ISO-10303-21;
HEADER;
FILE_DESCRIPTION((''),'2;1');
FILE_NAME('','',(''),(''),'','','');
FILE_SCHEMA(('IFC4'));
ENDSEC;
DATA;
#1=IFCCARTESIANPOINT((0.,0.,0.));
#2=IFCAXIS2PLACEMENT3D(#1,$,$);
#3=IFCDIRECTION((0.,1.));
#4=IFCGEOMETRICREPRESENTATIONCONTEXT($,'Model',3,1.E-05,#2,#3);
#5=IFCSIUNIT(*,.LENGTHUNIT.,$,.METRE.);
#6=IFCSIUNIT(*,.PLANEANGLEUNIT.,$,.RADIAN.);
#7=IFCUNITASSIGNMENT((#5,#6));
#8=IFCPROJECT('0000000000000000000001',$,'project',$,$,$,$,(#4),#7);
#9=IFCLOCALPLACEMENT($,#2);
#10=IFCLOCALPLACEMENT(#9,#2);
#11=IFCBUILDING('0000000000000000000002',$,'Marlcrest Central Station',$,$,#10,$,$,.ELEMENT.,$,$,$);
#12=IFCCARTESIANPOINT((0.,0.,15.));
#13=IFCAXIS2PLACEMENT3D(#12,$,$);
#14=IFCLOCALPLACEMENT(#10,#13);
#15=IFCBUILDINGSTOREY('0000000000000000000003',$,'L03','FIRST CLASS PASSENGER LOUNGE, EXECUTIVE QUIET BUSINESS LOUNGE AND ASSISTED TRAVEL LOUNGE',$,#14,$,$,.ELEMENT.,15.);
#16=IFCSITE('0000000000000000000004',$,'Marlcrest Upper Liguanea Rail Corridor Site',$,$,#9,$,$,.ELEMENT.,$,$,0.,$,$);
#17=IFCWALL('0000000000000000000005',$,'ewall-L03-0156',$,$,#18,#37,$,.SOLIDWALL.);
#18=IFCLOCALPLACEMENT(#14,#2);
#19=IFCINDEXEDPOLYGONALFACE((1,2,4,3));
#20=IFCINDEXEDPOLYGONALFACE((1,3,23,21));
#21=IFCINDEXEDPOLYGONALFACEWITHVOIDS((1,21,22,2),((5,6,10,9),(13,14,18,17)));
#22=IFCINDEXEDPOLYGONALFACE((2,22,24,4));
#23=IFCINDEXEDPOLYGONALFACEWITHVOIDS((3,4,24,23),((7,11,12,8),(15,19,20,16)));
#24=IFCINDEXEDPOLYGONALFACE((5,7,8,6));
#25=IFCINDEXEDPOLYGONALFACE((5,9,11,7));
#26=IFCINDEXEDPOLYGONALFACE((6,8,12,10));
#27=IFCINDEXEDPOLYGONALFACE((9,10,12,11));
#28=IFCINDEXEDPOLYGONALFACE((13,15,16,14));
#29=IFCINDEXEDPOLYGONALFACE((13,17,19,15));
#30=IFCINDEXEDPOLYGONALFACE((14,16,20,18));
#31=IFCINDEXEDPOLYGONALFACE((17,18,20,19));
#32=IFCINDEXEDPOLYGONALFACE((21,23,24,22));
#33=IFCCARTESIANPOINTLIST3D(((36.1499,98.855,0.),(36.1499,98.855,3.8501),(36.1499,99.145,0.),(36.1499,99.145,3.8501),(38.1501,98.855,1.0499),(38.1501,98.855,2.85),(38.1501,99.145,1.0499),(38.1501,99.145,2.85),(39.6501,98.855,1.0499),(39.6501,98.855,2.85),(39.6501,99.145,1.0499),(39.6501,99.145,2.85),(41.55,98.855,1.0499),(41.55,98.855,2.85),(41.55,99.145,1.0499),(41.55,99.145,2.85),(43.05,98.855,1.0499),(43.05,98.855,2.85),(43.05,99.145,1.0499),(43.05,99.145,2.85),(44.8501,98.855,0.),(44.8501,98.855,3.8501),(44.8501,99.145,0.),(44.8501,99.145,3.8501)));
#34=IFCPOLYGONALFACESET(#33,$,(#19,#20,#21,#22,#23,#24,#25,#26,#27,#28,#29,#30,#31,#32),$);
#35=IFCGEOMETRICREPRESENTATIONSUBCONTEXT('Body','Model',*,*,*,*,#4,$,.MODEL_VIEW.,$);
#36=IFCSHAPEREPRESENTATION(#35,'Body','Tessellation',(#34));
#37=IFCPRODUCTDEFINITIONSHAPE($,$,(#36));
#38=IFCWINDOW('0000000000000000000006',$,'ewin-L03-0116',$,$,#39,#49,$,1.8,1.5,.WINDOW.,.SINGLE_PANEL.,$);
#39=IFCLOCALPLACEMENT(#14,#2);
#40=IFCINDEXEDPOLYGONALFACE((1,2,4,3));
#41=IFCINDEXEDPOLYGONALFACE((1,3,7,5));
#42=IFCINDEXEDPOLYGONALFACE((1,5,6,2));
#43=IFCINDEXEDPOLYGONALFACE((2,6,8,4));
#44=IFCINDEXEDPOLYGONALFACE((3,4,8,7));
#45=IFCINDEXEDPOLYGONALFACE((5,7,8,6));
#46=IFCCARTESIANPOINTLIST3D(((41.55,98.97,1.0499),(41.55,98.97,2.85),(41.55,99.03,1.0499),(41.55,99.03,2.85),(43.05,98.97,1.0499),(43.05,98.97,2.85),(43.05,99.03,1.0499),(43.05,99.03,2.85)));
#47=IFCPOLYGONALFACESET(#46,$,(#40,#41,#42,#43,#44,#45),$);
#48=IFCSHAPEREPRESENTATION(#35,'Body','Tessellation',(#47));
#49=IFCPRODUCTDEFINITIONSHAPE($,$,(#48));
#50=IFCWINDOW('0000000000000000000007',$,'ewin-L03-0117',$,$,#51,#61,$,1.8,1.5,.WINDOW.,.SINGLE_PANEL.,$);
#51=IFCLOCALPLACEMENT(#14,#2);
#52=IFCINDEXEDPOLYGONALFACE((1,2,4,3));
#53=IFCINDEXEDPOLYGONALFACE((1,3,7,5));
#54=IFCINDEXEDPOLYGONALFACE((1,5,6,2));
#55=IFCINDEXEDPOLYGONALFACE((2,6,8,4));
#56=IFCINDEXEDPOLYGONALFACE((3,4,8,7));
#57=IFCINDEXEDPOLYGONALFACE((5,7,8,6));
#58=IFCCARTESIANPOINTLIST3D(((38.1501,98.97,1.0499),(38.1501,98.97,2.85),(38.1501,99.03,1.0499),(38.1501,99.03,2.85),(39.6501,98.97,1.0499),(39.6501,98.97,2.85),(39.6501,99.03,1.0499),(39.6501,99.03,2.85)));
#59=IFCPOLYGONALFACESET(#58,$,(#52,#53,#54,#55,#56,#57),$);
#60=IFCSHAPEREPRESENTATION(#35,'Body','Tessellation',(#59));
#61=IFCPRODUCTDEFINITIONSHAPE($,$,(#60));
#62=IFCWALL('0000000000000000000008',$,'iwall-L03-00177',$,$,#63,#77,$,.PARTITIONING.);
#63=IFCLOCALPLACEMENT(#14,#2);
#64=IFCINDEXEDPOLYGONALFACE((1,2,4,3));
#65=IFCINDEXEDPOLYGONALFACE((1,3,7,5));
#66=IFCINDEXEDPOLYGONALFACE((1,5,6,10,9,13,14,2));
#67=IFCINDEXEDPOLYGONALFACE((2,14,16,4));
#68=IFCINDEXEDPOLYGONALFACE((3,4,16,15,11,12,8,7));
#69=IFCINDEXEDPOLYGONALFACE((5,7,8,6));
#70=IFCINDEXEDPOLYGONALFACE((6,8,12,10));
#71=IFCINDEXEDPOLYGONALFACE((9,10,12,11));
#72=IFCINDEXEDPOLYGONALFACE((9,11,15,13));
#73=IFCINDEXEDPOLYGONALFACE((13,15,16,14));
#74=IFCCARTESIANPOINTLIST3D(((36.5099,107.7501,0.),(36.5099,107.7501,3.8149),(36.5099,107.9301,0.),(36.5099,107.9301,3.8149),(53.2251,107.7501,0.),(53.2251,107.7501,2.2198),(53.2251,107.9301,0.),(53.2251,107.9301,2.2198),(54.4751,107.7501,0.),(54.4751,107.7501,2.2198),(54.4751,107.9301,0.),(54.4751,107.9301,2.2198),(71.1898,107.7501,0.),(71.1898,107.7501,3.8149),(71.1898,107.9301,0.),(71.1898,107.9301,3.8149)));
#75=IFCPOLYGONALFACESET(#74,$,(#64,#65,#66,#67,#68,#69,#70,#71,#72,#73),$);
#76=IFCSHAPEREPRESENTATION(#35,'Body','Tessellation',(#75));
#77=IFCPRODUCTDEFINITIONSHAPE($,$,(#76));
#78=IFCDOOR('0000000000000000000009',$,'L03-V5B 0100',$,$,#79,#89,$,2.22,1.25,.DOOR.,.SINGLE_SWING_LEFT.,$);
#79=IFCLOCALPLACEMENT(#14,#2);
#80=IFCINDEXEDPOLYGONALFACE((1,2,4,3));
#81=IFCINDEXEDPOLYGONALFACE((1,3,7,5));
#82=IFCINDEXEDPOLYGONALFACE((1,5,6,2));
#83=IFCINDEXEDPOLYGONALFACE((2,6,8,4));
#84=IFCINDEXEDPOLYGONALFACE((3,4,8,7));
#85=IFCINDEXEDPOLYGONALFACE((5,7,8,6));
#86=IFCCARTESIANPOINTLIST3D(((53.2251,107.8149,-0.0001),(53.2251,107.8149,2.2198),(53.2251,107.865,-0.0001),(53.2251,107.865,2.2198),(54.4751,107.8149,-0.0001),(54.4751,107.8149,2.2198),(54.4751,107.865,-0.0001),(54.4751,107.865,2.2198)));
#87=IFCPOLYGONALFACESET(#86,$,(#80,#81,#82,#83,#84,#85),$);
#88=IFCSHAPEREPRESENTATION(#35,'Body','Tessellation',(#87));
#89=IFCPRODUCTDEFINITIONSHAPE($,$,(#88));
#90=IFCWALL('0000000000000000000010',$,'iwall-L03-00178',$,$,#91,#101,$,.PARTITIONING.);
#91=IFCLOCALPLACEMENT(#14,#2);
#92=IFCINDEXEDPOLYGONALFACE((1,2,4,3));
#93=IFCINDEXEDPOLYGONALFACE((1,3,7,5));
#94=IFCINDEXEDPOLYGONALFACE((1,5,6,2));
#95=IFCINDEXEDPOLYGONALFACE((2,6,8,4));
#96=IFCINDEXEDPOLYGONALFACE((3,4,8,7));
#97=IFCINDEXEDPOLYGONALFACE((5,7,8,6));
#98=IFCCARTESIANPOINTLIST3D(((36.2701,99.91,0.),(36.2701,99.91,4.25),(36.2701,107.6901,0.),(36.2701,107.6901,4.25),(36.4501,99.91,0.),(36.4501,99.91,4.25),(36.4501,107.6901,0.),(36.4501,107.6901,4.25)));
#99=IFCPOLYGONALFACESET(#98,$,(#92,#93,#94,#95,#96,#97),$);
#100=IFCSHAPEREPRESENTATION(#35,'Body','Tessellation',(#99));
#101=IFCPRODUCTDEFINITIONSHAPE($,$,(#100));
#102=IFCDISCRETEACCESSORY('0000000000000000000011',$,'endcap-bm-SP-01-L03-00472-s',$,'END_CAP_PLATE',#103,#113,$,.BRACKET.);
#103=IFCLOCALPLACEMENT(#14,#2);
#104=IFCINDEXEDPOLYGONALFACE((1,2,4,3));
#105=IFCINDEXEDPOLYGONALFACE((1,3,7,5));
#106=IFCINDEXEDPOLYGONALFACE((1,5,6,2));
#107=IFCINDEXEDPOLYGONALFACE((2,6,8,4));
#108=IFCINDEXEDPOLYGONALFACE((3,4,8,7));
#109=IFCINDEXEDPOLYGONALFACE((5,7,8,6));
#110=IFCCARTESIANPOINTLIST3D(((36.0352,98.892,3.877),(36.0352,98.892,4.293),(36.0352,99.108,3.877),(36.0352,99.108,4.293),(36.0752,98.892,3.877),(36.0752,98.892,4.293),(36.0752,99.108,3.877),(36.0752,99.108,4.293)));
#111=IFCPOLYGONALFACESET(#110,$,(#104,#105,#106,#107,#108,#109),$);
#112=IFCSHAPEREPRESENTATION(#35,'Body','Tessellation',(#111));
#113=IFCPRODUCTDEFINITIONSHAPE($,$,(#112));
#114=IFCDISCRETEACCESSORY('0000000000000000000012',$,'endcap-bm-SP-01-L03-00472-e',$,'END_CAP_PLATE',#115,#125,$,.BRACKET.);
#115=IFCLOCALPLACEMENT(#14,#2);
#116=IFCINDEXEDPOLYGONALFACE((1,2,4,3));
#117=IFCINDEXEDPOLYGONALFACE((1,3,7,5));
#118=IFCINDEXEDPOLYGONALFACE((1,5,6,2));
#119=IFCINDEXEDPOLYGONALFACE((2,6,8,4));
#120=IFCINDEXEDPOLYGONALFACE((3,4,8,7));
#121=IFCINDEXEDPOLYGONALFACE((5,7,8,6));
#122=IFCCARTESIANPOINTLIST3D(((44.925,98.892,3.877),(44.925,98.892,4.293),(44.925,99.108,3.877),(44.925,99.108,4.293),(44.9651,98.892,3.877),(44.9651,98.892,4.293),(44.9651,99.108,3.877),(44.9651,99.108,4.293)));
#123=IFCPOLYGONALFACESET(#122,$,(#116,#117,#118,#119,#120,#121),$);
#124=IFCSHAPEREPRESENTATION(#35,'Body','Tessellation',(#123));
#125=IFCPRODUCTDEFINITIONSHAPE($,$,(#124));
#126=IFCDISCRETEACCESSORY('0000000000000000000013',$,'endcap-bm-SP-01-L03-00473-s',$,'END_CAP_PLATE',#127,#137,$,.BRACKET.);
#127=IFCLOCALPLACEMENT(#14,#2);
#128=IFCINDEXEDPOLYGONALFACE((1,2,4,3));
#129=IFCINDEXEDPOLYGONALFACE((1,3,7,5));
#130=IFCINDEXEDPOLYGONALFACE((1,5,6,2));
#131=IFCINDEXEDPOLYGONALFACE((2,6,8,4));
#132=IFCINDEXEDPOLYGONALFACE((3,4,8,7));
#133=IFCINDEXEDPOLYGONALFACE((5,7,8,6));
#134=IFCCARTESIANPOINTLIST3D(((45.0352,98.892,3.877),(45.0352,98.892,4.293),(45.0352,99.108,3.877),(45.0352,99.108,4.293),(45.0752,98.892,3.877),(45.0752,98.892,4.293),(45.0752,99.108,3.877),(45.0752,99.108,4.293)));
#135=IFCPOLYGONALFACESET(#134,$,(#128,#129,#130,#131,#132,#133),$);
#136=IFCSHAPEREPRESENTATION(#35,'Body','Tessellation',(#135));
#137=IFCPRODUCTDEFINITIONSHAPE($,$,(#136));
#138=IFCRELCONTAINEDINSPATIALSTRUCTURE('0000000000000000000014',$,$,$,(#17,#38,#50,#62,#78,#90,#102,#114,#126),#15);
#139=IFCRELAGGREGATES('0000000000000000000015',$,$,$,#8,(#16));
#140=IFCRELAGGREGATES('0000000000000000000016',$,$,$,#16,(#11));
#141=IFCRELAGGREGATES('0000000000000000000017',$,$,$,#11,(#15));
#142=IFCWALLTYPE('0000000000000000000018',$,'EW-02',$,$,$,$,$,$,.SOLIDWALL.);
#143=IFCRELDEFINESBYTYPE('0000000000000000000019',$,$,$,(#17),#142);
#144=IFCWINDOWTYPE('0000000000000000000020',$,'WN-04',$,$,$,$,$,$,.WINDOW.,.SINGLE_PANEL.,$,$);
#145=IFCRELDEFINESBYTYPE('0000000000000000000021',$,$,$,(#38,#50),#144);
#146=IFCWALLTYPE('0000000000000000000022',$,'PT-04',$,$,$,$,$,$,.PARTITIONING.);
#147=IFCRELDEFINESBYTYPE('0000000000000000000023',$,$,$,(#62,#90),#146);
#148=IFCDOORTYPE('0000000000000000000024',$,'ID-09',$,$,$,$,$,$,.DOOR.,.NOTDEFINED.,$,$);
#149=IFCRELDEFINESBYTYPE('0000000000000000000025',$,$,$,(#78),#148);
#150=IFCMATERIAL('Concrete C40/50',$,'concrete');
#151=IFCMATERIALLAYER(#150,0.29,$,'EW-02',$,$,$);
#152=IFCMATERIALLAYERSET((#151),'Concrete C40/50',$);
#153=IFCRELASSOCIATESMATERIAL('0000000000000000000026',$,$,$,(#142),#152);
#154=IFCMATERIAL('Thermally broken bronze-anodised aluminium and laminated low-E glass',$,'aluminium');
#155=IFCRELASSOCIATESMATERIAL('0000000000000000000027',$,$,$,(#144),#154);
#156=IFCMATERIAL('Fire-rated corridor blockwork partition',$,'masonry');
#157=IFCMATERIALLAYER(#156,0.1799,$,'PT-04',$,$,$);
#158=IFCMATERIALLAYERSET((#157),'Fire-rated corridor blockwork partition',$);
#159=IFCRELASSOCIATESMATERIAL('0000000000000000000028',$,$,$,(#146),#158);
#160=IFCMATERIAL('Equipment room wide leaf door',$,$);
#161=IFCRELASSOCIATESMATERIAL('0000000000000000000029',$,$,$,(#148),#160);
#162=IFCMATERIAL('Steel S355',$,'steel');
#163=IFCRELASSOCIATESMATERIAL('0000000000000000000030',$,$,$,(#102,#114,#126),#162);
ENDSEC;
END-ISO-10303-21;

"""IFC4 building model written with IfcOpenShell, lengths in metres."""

from ifc_helpers import new_model, si_unit, direction, frame, frame_2d, origin, origin_2d, place, context, subcontext, project, spatial, rectangle, extrude, material, layer, layer_set, type_object, element, fill, save


model = new_model("IFC4")

# Units and contexts
model_context = context("Model", 3, precision=1e-05, world=origin(), true_north=direction((0.0, 1.0)))
body_context = subcontext(model_context, "Body", "Model", "MODEL_VIEW")
ifc_project = project(units=[si_unit("LENGTHUNIT", "METRE"), si_unit("PLANEANGLEUNIT", "RADIAN")], contexts=[model_context])

# Site, building, storey
site_placement = place(None, origin())
site = spatial("IfcSite", under=ifc_project, at=site_placement, Name="Marlcrest Upper Liguanea Rail Corridor Site", CompositionType="ELEMENT", RefElevation=0.0)
building_placement = place(site_placement, origin())
building = spatial("IfcBuilding", under=site, at=building_placement, Name="Marlcrest Central Station", CompositionType="ELEMENT")
storey_placement = place(building_placement, frame((0.0, 0.0, 15.0)))
storey = spatial("IfcBuildingStorey", under=building, at=storey_placement, Name="L03", Description="FIRST CLASS PASSENGER LOUNGE, EXECUTIVE QUIET BUSINESS LOUNGE AND ASSISTED TRAVEL LOUNGE", CompositionType="ELEMENT", Elevation=15.0)

# Shared definitions
ifc_material_1 = material(Name="Steel S355", Category="steel")

# Wall, openings, windows
ifc_material_2 = material(Name="Concrete C40/50", Category="concrete")
ifc_layer_1 = layer(ifc_material_2, 0.29, Name="EW-02")
ifc_layer_set_1 = layer_set([ifc_layer_1], Name="Concrete C40/50")
wall_type_1 = type_object("IfcWallType", Name="EW-02", PredefinedType="SOLIDWALL", material=ifc_layer_set_1)
wall_1_placement = place(storey_placement, frame((44.8501, 99.0, 0.0), z_axis=(0.0, 0.0, 1.0), x_axis=(-1.0, 0.0, 0.0)))
wall_1 = element("IfcWall", 1, at=wall_1_placement, inside=storey, type_object=wall_type_1, Name="ewall-L03-0156", PredefinedType="SOLIDWALL", context=body_context, shape_type="SweptSolid", body=[
    extrude(rectangle(XDim=8.7002, YDim=0.29, at=frame_2d((4.3501, 0.0))), origin(), (0.0, 0.0, 1.0), 3.8501),
])
opening_1_placement = place(wall_1_placement, frame((1.8, 0.0, 1.05)))
opening_1 = element("IfcOpeningElement", 2, at=opening_1_placement, cuts=wall_1, PredefinedType="OPENING", context=body_context, shape_type="SweptSolid", body=[
    extrude(rectangle(XDim=1.5, YDim=1.8, at=frame_2d((0.75, 0.8999))), frame((0.0, 0.155, 0.0), z_axis=(0.0, -1.0, 0.0), x_axis=(1.0, 0.0, 0.0)), (0.0, 0.0, 1.0), 0.3101),
])
opening_2_placement = place(wall_1_placement, frame((5.2, 0.0, 1.05)))
opening_2 = element("IfcOpeningElement", 3, at=opening_2_placement, cuts=wall_1, PredefinedType="OPENING", context=body_context, shape_type="SweptSolid", body=[
    extrude(rectangle(XDim=1.5, YDim=1.8, at=frame_2d((0.75, 0.8999))), frame((0.0, 0.155, 0.0), z_axis=(0.0, -1.0, 0.0), x_axis=(1.0, 0.0, 0.0)), (0.0, 0.0, 1.0), 0.3101),
])
ifc_material_3 = material(Name="Thermally broken bronze-anodised aluminium and laminated low-E glass", Category="aluminium")
window_type = type_object("IfcWindowType", Name="WN-04", PartitioningType="SINGLE_PANEL", PredefinedType="WINDOW", material=ifc_material_3)
window_1_placement = place(opening_1_placement, origin())
window_1 = element("IfcWindow", 4, at=window_1_placement, inside=storey, type_object=window_type, Name="ewin-L03-0116", OverallHeight=1.8, OverallWidth=1.5, PartitioningType="SINGLE_PANEL", PredefinedType="WINDOW", context=body_context, shape_type="SweptSolid", body=[
    extrude(rectangle(XDim=1.5, YDim=1.8, at=frame_2d((0.75, 0.8999))), frame((0.0, 0.03, 0.0), z_axis=(0.0, -1.0, 0.0), x_axis=(1.0, 0.0, 0.0)), (0.0, 0.0, 1.0), 0.0601),
])
fill(opening_1, window_1)
window_2_placement = place(opening_2_placement, origin())
window_2 = element("IfcWindow", 5, at=window_2_placement, inside=storey, type_object=window_type, Name="ewin-L03-0117", OverallHeight=1.8, OverallWidth=1.5, PartitioningType="SINGLE_PANEL", PredefinedType="WINDOW", context=body_context, shape_type="SweptSolid", body=[
    extrude(rectangle(XDim=1.5, YDim=1.8, at=frame_2d((0.75, 0.8999))), frame((0.0, 0.03, 0.0), z_axis=(0.0, -1.0, 0.0), x_axis=(1.0, 0.0, 0.0)), (0.0, 0.0, 1.0), 0.0601),
])
fill(opening_2, window_2)

# Wall, opening, door
ifc_material_4 = material(Name="Fire-rated corridor blockwork partition", Category="masonry")
ifc_layer_2 = layer(ifc_material_4, 0.1799, Name="PT-04")
ifc_layer_set_2 = layer_set([ifc_layer_2], Name="Fire-rated corridor blockwork partition")
wall_type_2 = type_object("IfcWallType", Name="PT-04", PredefinedType="PARTITIONING", material=ifc_layer_set_2)
wall_2_placement = place(storey_placement, frame((36.51, 107.8401, 0.0), z_axis=(0.0, 0.0, 1.0), x_axis=(1.0, 0.0, 0.0)))
wall_2 = element("IfcWall", 6, at=wall_2_placement, inside=storey, type_object=wall_type_2, Name="iwall-L03-00177", PredefinedType="PARTITIONING", context=body_context, shape_type="SweptSolid", body=[
    extrude(rectangle(XDim=34.6799, YDim=0.1799, at=frame_2d((17.3398, 0.0))), origin(), (0.0, 0.0, 1.0), 3.8149),
])
opening_3_placement = place(wall_2_placement, frame((16.7151, 0.0, 0.0)))
opening_3 = element("IfcOpeningElement", 7, at=opening_3_placement, cuts=wall_2, PredefinedType="OPENING", context=body_context, shape_type="SweptSolid", body=[
    extrude(rectangle(XDim=1.25, YDim=2.22, at=frame_2d((0.625, 1.1099))), frame((0.0, 0.0999, 0.0), z_axis=(0.0, -1.0, 0.0), x_axis=(1.0, 0.0, 0.0)), (0.0, 0.0, 1.0), 0.2),
])
ifc_material_5 = material(Name="Equipment room wide leaf door")
door_type = type_object("IfcDoorType", Name="ID-09", OperationType="NOTDEFINED", PredefinedType="DOOR", material=ifc_material_5)
door_placement = place(opening_3_placement, origin())
door = element("IfcDoor", 8, at=door_placement, inside=storey, type_object=door_type, Name="L03-V5B 0100", OperationType="SINGLE_SWING_LEFT", OverallHeight=2.22, OverallWidth=1.25, PredefinedType="DOOR", context=body_context, shape_type="SweptSolid", body=[
    extrude(rectangle(XDim=1.25, YDim=2.22, at=frame_2d((0.625, 1.1099))), frame((0.0, 0.0249, 0.0), z_axis=(0.0, -1.0, 0.0), x_axis=(1.0, 0.0, 0.0)), (0.0, 0.0, 1.0), 0.05),
])
fill(opening_3, door)

# Wall
wall_3_placement = place(storey_placement, frame((36.3601, 99.9099, 0.0), z_axis=(0.0, 0.0, 1.0), x_axis=(0.0, 1.0, 0.0)))
element("IfcWall", 9, at=wall_3_placement, inside=storey, type_object=wall_type_2, Name="iwall-L03-00178", PredefinedType="PARTITIONING", context=body_context, shape_type="SweptSolid", body=[
    extrude(rectangle(XDim=7.78, YDim=0.1799, at=frame_2d((3.8901, 0.0))), origin(), (0.0, 0.0, 1.0), 4.25),
])

# Discrete accessories
for number, where, z_axis, x_axis, name in (
    (10, (36.0352, 99.0, 4.085), (1.0, 0.0, 0.0), (0.0, 1.0, 0.0), "endcap-bm-SP-01-L03-00472-s"),
    (11, (44.925, 99.0, 4.085), (1.0, 0.0, 0.0), (0.0, 1.0, 0.0), "endcap-bm-SP-01-L03-00472-e"),
    (12, (45.0352, 99.0, 4.085), (1.0, 0.0, 0.0), (0.0, 1.0, 0.0), "endcap-bm-SP-01-L03-00473-s"),
):
    element("IfcDiscreteAccessory", number, at=place(storey_placement, frame(where, z_axis=z_axis, x_axis=x_axis)), inside=storey, material=ifc_material_1, Name=name, ObjectType="END_CAP_PLATE", PredefinedType="BRACKET", context=body_context, shape_type="SweptSolid", body=[
        extrude(rectangle(XDim=0.2161, YDim=0.416, at=origin_2d()), origin(), (0.0, 0.0, 1.0), 0.04),
    ])

save(model, "model.ifc")
